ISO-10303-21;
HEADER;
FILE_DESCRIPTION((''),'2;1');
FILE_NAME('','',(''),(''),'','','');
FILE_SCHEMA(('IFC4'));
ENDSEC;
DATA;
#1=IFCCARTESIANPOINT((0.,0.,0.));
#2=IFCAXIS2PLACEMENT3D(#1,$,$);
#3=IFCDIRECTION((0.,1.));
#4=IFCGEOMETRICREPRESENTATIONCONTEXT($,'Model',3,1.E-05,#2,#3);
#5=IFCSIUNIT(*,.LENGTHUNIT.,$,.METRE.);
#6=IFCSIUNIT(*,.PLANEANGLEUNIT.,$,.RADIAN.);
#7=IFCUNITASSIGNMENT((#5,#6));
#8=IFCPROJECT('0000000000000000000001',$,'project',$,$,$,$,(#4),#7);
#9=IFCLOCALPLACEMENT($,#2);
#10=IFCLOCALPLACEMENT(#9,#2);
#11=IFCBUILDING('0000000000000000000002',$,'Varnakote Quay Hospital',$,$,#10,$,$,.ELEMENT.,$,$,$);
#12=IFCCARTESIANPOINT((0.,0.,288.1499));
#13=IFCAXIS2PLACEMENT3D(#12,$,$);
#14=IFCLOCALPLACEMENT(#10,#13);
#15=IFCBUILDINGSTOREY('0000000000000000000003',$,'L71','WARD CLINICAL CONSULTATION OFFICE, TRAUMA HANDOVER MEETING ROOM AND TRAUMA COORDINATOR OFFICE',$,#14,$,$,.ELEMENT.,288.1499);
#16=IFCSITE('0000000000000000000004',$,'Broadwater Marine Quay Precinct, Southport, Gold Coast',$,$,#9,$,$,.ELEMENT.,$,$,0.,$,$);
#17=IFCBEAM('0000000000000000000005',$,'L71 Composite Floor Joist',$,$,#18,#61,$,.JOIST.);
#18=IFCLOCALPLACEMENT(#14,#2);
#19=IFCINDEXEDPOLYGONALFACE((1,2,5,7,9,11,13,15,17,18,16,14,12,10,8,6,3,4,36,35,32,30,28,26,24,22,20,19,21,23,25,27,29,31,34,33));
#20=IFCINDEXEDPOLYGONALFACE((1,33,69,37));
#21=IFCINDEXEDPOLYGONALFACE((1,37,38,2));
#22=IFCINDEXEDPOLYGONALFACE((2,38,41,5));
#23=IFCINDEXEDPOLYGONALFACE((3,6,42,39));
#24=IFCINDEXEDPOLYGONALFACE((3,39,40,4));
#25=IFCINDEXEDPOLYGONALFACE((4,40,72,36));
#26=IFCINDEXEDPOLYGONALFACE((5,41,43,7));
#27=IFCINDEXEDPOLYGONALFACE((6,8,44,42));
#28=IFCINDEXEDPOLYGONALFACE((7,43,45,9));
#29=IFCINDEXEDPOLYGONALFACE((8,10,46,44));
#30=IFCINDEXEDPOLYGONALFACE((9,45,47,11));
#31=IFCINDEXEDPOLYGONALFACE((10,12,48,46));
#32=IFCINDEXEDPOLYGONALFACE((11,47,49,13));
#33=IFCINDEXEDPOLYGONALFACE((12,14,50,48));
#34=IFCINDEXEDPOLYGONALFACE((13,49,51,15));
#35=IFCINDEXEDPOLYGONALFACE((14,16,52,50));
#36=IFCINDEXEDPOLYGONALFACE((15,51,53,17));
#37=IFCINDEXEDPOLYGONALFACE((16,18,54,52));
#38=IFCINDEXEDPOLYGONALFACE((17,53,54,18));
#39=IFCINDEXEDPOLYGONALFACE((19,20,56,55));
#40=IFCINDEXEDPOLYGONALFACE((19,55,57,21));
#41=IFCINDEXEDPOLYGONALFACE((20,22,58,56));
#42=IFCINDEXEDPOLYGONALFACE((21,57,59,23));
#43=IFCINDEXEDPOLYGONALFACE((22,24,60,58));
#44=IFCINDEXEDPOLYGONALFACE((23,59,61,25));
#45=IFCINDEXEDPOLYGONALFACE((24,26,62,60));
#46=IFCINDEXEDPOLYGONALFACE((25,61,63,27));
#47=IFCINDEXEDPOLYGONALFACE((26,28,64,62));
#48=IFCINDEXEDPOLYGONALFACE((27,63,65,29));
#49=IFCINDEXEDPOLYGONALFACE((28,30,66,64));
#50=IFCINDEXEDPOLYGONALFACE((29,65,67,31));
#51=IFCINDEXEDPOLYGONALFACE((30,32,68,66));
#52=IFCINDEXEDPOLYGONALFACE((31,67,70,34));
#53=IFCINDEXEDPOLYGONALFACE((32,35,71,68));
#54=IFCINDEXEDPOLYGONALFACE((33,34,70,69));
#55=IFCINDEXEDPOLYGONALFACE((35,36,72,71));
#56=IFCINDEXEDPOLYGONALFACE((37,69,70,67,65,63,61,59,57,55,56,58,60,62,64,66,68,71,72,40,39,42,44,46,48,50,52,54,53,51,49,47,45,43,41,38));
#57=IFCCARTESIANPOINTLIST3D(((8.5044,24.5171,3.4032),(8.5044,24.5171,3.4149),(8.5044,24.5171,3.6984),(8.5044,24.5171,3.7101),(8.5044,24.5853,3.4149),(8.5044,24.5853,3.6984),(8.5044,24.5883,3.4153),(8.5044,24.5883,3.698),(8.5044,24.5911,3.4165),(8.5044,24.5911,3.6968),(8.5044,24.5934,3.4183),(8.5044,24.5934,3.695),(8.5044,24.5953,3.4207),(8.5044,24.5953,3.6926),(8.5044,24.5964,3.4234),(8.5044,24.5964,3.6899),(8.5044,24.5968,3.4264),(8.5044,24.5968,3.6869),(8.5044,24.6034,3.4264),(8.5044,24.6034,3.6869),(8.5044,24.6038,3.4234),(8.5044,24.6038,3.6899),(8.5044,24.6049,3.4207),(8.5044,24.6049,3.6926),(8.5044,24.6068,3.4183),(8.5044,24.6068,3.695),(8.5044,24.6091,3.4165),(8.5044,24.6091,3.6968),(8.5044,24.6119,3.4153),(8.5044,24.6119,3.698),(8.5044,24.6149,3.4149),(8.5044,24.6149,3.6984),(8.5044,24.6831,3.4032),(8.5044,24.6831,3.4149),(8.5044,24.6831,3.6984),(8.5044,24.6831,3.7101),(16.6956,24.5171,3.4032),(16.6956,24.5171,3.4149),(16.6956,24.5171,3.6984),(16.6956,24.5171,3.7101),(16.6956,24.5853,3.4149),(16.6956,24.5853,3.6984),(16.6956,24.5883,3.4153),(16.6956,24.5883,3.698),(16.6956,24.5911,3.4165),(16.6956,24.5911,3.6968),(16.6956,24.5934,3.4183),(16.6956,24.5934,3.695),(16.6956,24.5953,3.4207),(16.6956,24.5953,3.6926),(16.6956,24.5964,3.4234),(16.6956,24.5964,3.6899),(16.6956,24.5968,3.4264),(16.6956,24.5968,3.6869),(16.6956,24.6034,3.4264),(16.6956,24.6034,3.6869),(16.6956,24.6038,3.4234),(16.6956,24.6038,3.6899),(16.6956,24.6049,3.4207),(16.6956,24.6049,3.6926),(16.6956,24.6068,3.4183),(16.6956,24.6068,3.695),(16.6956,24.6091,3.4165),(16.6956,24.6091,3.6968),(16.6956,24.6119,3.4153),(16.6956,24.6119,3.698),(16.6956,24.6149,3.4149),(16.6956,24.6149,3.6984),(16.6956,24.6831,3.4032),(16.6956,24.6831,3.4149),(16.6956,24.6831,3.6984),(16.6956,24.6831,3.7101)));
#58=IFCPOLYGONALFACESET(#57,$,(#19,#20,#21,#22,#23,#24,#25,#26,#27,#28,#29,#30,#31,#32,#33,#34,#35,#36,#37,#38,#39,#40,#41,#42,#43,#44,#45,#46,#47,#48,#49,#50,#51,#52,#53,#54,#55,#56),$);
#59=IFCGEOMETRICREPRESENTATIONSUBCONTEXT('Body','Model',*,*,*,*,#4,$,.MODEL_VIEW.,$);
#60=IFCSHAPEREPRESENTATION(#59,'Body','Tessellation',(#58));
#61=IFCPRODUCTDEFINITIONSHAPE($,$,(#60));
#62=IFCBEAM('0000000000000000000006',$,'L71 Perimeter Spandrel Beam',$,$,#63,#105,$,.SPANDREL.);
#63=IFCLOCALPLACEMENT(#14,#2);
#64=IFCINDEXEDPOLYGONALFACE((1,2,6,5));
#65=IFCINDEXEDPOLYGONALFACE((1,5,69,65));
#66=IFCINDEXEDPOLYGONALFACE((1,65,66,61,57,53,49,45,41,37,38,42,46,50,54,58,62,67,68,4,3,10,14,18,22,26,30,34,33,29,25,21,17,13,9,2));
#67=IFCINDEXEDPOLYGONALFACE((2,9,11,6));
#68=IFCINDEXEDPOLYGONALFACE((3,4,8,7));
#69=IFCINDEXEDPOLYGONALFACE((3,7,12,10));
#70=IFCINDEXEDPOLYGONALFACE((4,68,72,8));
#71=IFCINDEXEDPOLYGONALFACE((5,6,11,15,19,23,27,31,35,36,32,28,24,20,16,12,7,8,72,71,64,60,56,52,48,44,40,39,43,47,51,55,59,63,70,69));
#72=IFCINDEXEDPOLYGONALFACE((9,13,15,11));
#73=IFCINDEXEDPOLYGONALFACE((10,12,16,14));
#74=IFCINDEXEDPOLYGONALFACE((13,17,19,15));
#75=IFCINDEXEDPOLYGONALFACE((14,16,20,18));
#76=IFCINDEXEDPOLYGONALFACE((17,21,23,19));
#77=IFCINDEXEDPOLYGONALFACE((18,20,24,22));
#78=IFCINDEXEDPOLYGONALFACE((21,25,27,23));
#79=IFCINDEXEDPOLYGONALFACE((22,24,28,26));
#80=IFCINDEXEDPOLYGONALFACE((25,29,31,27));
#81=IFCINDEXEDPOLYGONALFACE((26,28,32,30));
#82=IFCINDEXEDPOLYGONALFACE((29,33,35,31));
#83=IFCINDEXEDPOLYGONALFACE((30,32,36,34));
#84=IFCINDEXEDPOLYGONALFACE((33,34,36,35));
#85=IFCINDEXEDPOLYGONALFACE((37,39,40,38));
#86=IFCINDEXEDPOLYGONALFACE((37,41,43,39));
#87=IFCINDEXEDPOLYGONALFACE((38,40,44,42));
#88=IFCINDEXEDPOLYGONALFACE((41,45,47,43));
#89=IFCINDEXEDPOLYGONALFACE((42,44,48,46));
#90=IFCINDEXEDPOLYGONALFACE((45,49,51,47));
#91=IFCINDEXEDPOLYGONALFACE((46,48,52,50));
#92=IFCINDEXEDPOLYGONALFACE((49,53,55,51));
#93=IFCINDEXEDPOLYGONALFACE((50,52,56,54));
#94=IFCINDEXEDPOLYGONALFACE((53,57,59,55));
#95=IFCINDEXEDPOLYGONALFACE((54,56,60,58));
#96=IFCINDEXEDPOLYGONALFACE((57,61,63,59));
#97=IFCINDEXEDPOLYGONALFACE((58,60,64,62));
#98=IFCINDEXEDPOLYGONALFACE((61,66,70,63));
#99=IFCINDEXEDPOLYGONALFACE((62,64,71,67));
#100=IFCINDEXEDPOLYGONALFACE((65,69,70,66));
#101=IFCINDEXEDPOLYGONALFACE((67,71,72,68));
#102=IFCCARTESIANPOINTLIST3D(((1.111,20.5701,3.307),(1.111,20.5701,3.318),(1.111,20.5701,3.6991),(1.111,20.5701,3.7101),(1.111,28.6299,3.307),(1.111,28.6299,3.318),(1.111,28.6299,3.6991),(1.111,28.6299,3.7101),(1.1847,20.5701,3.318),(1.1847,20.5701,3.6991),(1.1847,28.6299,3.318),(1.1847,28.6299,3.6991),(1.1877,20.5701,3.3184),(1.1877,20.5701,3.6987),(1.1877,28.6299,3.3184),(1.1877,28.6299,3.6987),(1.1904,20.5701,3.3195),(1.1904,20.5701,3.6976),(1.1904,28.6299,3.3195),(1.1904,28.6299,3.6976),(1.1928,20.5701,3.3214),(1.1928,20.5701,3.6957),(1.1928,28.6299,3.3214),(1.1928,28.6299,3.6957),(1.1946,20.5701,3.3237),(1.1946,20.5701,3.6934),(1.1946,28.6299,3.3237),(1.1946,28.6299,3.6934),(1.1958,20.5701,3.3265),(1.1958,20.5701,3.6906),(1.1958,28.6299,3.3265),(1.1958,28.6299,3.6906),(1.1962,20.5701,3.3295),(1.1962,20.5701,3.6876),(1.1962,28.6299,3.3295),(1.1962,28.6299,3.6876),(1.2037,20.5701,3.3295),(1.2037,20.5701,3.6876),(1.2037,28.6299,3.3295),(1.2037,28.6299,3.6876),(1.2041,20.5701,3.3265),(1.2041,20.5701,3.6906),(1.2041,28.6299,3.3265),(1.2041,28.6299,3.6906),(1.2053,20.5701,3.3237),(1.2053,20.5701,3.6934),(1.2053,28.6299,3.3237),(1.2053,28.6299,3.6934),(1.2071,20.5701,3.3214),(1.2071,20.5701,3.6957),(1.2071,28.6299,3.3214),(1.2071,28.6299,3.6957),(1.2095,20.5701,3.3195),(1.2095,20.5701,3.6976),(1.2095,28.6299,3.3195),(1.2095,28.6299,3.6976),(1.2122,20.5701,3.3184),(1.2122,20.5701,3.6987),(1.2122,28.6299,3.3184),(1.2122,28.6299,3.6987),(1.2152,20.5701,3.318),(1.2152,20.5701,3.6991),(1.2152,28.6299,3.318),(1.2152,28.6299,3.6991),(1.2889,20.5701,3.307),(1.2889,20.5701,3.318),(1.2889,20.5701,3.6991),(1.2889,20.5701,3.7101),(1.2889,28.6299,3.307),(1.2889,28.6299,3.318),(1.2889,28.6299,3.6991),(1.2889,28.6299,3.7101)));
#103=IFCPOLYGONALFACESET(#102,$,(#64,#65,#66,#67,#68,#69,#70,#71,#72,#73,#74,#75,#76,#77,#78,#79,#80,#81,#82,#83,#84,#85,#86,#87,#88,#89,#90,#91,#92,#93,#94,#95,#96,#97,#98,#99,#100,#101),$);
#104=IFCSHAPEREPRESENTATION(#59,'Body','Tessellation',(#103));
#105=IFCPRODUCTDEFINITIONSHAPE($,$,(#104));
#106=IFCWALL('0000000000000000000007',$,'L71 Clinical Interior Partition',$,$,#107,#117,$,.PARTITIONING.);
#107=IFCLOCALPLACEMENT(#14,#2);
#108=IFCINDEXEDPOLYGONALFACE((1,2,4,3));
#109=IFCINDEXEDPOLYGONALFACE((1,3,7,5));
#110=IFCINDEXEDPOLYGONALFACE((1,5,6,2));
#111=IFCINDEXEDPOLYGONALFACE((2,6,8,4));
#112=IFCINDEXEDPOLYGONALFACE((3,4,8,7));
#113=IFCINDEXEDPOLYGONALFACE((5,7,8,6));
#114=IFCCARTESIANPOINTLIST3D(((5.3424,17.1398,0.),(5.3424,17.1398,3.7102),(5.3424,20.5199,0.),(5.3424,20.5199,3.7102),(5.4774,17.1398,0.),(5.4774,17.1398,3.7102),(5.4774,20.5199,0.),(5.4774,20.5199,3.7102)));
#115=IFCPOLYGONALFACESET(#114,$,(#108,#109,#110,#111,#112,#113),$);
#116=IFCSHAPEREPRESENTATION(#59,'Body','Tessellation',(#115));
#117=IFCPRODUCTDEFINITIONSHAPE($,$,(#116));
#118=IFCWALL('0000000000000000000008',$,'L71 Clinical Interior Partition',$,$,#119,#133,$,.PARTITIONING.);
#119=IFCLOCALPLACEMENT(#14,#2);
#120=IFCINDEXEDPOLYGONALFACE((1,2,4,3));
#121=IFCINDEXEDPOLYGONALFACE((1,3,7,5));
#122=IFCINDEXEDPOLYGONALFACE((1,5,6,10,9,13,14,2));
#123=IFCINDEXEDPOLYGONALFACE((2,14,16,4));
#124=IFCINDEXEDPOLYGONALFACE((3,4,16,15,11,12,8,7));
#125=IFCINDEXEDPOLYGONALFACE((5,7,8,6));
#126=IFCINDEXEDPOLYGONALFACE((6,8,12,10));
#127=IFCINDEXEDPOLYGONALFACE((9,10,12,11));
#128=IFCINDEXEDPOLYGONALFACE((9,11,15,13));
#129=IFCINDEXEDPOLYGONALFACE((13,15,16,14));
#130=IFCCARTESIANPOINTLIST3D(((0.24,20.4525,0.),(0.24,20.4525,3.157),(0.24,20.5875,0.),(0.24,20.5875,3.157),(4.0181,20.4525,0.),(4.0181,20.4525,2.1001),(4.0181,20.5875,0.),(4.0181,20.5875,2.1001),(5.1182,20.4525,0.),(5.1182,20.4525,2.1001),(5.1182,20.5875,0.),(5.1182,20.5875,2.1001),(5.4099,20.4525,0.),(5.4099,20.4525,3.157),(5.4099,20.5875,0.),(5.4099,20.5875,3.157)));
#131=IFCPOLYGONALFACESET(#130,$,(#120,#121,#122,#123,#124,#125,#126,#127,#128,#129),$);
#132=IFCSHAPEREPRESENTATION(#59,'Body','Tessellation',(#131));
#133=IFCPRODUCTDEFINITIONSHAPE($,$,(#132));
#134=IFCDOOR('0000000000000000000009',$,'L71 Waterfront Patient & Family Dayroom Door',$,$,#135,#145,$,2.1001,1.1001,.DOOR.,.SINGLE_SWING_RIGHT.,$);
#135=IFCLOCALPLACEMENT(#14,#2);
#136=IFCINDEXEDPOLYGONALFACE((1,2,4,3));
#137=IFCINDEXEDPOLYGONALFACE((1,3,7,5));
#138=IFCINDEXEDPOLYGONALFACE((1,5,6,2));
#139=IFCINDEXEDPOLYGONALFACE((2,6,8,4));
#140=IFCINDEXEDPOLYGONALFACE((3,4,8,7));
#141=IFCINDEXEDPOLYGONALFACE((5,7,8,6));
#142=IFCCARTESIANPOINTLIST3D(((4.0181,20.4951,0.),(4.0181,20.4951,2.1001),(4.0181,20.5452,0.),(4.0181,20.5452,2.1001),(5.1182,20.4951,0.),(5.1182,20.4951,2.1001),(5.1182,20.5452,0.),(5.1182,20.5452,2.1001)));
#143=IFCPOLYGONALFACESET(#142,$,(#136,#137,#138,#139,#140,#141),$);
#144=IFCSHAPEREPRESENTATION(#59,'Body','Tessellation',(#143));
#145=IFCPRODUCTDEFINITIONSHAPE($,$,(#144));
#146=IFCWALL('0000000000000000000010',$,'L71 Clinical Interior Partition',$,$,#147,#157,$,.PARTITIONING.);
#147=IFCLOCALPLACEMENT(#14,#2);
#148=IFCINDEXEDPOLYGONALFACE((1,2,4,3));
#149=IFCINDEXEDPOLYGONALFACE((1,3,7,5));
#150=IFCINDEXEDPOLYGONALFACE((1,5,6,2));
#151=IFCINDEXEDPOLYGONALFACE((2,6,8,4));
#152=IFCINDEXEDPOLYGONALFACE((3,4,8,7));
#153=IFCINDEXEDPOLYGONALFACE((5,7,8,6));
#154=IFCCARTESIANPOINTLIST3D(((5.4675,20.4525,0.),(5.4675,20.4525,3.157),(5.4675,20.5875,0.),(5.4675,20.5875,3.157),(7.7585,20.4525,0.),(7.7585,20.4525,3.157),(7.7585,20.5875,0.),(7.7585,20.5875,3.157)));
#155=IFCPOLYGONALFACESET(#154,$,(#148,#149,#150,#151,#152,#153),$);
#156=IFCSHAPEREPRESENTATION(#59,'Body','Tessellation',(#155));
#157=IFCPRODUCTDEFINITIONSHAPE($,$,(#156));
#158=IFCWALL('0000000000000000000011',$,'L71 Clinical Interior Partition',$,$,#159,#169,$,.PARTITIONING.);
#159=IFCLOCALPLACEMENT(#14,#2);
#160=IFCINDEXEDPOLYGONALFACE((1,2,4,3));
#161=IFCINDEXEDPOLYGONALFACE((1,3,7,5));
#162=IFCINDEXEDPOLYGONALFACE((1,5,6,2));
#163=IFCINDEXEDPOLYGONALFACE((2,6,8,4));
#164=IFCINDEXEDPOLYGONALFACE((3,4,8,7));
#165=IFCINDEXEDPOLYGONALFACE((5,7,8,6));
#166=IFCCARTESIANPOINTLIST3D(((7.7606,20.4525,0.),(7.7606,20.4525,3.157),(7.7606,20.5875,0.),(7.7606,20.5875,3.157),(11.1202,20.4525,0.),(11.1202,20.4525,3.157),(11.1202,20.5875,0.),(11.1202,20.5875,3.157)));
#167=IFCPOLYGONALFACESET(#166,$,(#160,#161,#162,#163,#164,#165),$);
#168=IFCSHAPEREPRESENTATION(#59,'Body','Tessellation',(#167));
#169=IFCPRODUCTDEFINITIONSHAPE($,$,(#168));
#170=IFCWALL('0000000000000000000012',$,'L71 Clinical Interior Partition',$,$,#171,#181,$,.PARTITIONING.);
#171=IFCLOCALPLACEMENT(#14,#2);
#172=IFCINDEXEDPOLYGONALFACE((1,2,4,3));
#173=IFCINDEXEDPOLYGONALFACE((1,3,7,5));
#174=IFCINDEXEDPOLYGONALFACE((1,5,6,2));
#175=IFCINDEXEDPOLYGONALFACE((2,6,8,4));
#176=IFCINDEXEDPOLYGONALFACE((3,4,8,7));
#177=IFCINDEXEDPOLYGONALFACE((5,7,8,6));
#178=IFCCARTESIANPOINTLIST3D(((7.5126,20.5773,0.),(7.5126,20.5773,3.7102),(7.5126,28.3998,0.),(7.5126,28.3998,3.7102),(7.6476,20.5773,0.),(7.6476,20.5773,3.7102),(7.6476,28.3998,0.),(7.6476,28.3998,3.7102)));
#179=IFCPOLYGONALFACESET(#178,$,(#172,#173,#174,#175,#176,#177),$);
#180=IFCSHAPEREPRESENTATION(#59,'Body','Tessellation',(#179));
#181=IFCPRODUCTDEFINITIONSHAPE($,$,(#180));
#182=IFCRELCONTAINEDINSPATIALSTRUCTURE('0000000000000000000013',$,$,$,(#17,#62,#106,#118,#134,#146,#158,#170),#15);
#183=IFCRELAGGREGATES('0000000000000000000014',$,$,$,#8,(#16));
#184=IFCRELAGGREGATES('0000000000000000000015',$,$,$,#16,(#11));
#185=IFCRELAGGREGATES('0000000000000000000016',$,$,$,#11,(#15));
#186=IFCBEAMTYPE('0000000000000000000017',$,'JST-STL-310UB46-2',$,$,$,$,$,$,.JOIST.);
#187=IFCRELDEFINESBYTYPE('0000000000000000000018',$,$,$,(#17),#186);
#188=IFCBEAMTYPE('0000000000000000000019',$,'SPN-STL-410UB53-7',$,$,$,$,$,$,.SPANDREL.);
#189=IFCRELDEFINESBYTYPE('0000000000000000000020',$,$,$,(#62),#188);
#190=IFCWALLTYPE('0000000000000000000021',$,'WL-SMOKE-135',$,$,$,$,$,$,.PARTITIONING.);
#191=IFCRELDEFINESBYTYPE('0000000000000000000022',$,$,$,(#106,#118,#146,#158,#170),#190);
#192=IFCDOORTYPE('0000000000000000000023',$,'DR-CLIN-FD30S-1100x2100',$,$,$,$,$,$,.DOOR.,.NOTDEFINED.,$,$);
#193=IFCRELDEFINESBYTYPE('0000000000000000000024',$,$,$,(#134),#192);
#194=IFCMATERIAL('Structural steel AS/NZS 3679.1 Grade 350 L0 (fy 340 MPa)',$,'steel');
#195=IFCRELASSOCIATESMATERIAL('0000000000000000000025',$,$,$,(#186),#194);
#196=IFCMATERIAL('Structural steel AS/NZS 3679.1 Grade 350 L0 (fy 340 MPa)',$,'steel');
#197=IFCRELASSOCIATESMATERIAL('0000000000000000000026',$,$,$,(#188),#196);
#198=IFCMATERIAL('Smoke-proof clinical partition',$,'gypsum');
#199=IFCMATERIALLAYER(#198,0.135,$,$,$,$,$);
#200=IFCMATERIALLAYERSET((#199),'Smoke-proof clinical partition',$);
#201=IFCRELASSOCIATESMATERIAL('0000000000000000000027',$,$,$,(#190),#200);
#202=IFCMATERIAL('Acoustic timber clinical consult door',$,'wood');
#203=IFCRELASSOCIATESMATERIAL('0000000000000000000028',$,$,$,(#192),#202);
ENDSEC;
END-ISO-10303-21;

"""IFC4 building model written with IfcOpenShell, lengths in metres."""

from ifc_helpers import new_model, si_unit, direction, frame, frame_2d, origin, origin_2d, place, context, subcontext, project, spatial, rectangle, i_section, extrude, material, layer, layer_set, material_profile, profile_set, type_object, element, fill, save


model = new_model("IFC4")

# Units and contexts
model_context = context("Model", 3, precision=1e-05, world=origin(), true_north=direction((0.0, 1.0)))
body_context = subcontext(model_context, "Body", "Model", "MODEL_VIEW")
ifc_project = project(units=[si_unit("LENGTHUNIT", "METRE"), si_unit("PLANEANGLEUNIT", "RADIAN")], contexts=[model_context])

# Site, building, storey
site_placement = place(None, origin())
site = spatial("IfcSite", under=ifc_project, at=site_placement, Name="Broadwater Marine Quay Precinct, Southport, Gold Coast", CompositionType="ELEMENT", RefElevation=0.0)
building_placement = place(site_placement, origin())
building = spatial("IfcBuilding", under=site, at=building_placement, Name="Varnakote Quay Hospital", CompositionType="ELEMENT")
storey_placement = place(building_placement, frame((0.0, 0.0, 288.1499)))
storey = spatial("IfcBuildingStorey", under=building, at=storey_placement, Name="L71", Description="WARD CLINICAL CONSULTATION OFFICE, TRAUMA HANDOVER MEETING ROOM AND TRAUMA COORDINATOR OFFICE", CompositionType="ELEMENT", Elevation=288.1499)

# Beams
ifc_material_1 = material(Name="Structural steel AS/NZS 3679.1 Grade 350 L0 (fy 340 MPa)", Category="steel")
ifc_material_profile_1 = material_profile(ifc_material_1, i_section(OverallWidth=0.166, OverallDepth=0.3069, WebThickness=0.0066, FlangeThickness=0.0117, FilletRadius=0.0115, at=origin_2d()), Name="310UB46.2")
ifc_profile_set_1 = profile_set([ifc_material_profile_1], Name="Structural steel AS/NZS 3679.1 Grade 350 L0 (fy 340 MPa)")
beam_type_1 = type_object("IfcBeamType", Name="JST-STL-310UB46-2", PredefinedType="JOIST", material=ifc_profile_set_1)
beam_1_placement = place(storey_placement, frame((8.5044, 24.6001, 3.5566), z_axis=(1.0, 0.0, 0.0), x_axis=(0.0, 1.0, 0.0)))
element("IfcBeam", 1, at=beam_1_placement, inside=storey, type_object=beam_type_1, Name="L71 Composite Floor Joist", PredefinedType="JOIST", context=body_context, shape_type="SweptSolid", body=[
    extrude(i_section(OverallWidth=0.166, OverallDepth=0.3069, WebThickness=0.0066, FlangeThickness=0.0117, FilletRadius=0.0115, at=origin_2d()), origin(), (0.0, 0.0, 1.0), 8.1912),
])
ifc_material_2 = material(Name="Structural steel AS/NZS 3679.1 Grade 350 L0 (fy 340 MPa)", Category="steel")
ifc_material_profile_2 = material_profile(ifc_material_2, i_section(OverallWidth=0.178, OverallDepth=0.4031, WebThickness=0.0076, FlangeThickness=0.011, FilletRadius=0.0115, at=origin_2d()), Name="410UB53.7")
ifc_profile_set_2 = profile_set([ifc_material_profile_2], Name="Structural steel AS/NZS 3679.1 Grade 350 L0 (fy 340 MPa)")
beam_type_2 = type_object("IfcBeamType", Name="SPN-STL-410UB53-7", PredefinedType="SPANDREL", material=ifc_profile_set_2)
beam_2_placement = place(storey_placement, frame((1.2, 20.5701, 3.5085), z_axis=(0.0, 1.0, 0.0), x_axis=(-1.0, 0.0, 0.0)))
element("IfcBeam", 2, at=beam_2_placement, inside=storey, type_object=beam_type_2, Name="L71 Perimeter Spandrel Beam", PredefinedType="SPANDREL", context=body_context, shape_type="SweptSolid", body=[
    extrude(i_section(OverallWidth=0.178, OverallDepth=0.4031, WebThickness=0.0076, FlangeThickness=0.011, FilletRadius=0.0115, at=origin_2d()), origin(), (0.0, 0.0, 1.0), 8.0598),
])

# Wall
ifc_material_3 = material(Name="Smoke-proof clinical partition", Category="gypsum")
ifc_layer_1 = layer(ifc_material_3, 0.135)
ifc_layer_set_1 = layer_set([ifc_layer_1], Name="Smoke-proof clinical partition")
wall_type_1 = type_object("IfcWallType", Name="WL-SMOKE-135", PredefinedType="PARTITIONING", material=ifc_layer_set_1)
wall_1_placement = place(storey_placement, frame((5.4099, 17.1399, 0.0), z_axis=(0.0, 0.0, 1.0), x_axis=(0.0, 1.0, 0.0)))
element("IfcWall", 3, at=wall_1_placement, inside=storey, type_object=wall_type_1, Name="L71 Clinical Interior Partition", PredefinedType="PARTITIONING", context=body_context, shape_type="SweptSolid", body=[
    extrude(rectangle(XDim=3.3801, YDim=0.135, at=frame_2d((1.6899, 0.0))), origin(), (0.0, 0.0, 1.0), 3.7102),
])

# Wall, opening, door
wall_2_placement = place(storey_placement, frame((5.4099, 20.52, 0.0), z_axis=(0.0, 0.0, 1.0), x_axis=(-1.0, 0.0, 0.0)))
wall_2 = element("IfcWall", 4, at=wall_2_placement, inside=storey, type_object=wall_type_1, Name="L71 Clinical Interior Partition", PredefinedType="PARTITIONING", context=body_context, shape_type="SweptSolid", body=[
    extrude(rectangle(XDim=5.1699, YDim=0.135, at=frame_2d((2.585, 0.0))), origin(), (0.0, 0.0, 1.0), 3.157),
])
opening_1_placement = place(wall_2_placement, frame((0.2917, 0.0, 0.0)))
opening_1 = element("IfcOpeningElement", 5, at=opening_1_placement, cuts=wall_2, PredefinedType="OPENING", context=body_context, shape_type="SweptSolid", body=[
    extrude(rectangle(XDim=1.1001, YDim=2.1001, at=frame_2d((0.55, 1.05))), frame((0.0, 0.0774, 0.0), z_axis=(0.0, -1.0, 0.0), x_axis=(1.0, 0.0, 0.0)), (0.0, 0.0, 1.0), 0.155),
])
ifc_material_4 = material(Name="Acoustic timber clinical consult door", Category="wood")
door_type_1 = type_object("IfcDoorType", Name="DR-CLIN-FD30S-1100x2100", OperationType="NOTDEFINED", PredefinedType="DOOR", material=ifc_material_4)
door_1_placement = place(opening_1_placement, origin())
door_1 = element("IfcDoor", 6, at=door_1_placement, inside=storey, type_object=door_type_1, Name="L71 Waterfront Patient & Family Dayroom Door", OperationType="SINGLE_SWING_RIGHT", OverallHeight=2.1001, OverallWidth=1.1001, PredefinedType="DOOR", context=body_context, shape_type="SweptSolid", body=[
    extrude(rectangle(XDim=1.1001, YDim=2.1001, at=frame_2d((0.55, 1.05))), frame((0.0, 0.0249, 0.0), z_axis=(0.0, -1.0, 0.0), x_axis=(1.0, 0.0, 0.0)), (0.0, 0.0, 1.0), 0.05),
])
fill(opening_1, door_1)

# Walls
wall_3_placement = place(storey_placement, frame((7.7585, 20.52, 0.0), z_axis=(0.0, 0.0, 1.0), x_axis=(-1.0, 0.0, 0.0)))
element("IfcWall", 7, at=wall_3_placement, inside=storey, type_object=wall_type_1, Name="L71 Clinical Interior Partition", PredefinedType="PARTITIONING", context=body_context, shape_type="SweptSolid", body=[
    extrude(rectangle(XDim=2.291, YDim=0.135, at=frame_2d((1.1455, 0.0))), origin(), (0.0, 0.0, 1.0), 3.157),
])
wall_4_placement = place(storey_placement, frame((11.1201, 20.52, 0.0), z_axis=(0.0, 0.0, 1.0), x_axis=(-1.0, 0.0, 0.0)))
element("IfcWall", 8, at=wall_4_placement, inside=storey, type_object=wall_type_1, Name="L71 Clinical Interior Partition", PredefinedType="PARTITIONING", context=body_context, shape_type="SweptSolid", body=[
    extrude(rectangle(XDim=3.3596, YDim=0.135, at=frame_2d((1.6797, 0.0))), origin(), (0.0, 0.0, 1.0), 3.157),
])
wall_5_placement = place(storey_placement, frame((7.5801, 20.5774, 0.0), z_axis=(0.0, 0.0, 1.0), x_axis=(0.0, 1.0, 0.0)))
element("IfcWall", 9, at=wall_5_placement, inside=storey, type_object=wall_type_1, Name="L71 Clinical Interior Partition", PredefinedType="PARTITIONING", context=body_context, shape_type="SweptSolid", body=[
    extrude(rectangle(XDim=7.8225, YDim=0.135, at=frame_2d((3.9111, 0.0))), origin(), (0.0, 0.0, 1.0), 3.7102),
])

save(model, "model.ifc")
